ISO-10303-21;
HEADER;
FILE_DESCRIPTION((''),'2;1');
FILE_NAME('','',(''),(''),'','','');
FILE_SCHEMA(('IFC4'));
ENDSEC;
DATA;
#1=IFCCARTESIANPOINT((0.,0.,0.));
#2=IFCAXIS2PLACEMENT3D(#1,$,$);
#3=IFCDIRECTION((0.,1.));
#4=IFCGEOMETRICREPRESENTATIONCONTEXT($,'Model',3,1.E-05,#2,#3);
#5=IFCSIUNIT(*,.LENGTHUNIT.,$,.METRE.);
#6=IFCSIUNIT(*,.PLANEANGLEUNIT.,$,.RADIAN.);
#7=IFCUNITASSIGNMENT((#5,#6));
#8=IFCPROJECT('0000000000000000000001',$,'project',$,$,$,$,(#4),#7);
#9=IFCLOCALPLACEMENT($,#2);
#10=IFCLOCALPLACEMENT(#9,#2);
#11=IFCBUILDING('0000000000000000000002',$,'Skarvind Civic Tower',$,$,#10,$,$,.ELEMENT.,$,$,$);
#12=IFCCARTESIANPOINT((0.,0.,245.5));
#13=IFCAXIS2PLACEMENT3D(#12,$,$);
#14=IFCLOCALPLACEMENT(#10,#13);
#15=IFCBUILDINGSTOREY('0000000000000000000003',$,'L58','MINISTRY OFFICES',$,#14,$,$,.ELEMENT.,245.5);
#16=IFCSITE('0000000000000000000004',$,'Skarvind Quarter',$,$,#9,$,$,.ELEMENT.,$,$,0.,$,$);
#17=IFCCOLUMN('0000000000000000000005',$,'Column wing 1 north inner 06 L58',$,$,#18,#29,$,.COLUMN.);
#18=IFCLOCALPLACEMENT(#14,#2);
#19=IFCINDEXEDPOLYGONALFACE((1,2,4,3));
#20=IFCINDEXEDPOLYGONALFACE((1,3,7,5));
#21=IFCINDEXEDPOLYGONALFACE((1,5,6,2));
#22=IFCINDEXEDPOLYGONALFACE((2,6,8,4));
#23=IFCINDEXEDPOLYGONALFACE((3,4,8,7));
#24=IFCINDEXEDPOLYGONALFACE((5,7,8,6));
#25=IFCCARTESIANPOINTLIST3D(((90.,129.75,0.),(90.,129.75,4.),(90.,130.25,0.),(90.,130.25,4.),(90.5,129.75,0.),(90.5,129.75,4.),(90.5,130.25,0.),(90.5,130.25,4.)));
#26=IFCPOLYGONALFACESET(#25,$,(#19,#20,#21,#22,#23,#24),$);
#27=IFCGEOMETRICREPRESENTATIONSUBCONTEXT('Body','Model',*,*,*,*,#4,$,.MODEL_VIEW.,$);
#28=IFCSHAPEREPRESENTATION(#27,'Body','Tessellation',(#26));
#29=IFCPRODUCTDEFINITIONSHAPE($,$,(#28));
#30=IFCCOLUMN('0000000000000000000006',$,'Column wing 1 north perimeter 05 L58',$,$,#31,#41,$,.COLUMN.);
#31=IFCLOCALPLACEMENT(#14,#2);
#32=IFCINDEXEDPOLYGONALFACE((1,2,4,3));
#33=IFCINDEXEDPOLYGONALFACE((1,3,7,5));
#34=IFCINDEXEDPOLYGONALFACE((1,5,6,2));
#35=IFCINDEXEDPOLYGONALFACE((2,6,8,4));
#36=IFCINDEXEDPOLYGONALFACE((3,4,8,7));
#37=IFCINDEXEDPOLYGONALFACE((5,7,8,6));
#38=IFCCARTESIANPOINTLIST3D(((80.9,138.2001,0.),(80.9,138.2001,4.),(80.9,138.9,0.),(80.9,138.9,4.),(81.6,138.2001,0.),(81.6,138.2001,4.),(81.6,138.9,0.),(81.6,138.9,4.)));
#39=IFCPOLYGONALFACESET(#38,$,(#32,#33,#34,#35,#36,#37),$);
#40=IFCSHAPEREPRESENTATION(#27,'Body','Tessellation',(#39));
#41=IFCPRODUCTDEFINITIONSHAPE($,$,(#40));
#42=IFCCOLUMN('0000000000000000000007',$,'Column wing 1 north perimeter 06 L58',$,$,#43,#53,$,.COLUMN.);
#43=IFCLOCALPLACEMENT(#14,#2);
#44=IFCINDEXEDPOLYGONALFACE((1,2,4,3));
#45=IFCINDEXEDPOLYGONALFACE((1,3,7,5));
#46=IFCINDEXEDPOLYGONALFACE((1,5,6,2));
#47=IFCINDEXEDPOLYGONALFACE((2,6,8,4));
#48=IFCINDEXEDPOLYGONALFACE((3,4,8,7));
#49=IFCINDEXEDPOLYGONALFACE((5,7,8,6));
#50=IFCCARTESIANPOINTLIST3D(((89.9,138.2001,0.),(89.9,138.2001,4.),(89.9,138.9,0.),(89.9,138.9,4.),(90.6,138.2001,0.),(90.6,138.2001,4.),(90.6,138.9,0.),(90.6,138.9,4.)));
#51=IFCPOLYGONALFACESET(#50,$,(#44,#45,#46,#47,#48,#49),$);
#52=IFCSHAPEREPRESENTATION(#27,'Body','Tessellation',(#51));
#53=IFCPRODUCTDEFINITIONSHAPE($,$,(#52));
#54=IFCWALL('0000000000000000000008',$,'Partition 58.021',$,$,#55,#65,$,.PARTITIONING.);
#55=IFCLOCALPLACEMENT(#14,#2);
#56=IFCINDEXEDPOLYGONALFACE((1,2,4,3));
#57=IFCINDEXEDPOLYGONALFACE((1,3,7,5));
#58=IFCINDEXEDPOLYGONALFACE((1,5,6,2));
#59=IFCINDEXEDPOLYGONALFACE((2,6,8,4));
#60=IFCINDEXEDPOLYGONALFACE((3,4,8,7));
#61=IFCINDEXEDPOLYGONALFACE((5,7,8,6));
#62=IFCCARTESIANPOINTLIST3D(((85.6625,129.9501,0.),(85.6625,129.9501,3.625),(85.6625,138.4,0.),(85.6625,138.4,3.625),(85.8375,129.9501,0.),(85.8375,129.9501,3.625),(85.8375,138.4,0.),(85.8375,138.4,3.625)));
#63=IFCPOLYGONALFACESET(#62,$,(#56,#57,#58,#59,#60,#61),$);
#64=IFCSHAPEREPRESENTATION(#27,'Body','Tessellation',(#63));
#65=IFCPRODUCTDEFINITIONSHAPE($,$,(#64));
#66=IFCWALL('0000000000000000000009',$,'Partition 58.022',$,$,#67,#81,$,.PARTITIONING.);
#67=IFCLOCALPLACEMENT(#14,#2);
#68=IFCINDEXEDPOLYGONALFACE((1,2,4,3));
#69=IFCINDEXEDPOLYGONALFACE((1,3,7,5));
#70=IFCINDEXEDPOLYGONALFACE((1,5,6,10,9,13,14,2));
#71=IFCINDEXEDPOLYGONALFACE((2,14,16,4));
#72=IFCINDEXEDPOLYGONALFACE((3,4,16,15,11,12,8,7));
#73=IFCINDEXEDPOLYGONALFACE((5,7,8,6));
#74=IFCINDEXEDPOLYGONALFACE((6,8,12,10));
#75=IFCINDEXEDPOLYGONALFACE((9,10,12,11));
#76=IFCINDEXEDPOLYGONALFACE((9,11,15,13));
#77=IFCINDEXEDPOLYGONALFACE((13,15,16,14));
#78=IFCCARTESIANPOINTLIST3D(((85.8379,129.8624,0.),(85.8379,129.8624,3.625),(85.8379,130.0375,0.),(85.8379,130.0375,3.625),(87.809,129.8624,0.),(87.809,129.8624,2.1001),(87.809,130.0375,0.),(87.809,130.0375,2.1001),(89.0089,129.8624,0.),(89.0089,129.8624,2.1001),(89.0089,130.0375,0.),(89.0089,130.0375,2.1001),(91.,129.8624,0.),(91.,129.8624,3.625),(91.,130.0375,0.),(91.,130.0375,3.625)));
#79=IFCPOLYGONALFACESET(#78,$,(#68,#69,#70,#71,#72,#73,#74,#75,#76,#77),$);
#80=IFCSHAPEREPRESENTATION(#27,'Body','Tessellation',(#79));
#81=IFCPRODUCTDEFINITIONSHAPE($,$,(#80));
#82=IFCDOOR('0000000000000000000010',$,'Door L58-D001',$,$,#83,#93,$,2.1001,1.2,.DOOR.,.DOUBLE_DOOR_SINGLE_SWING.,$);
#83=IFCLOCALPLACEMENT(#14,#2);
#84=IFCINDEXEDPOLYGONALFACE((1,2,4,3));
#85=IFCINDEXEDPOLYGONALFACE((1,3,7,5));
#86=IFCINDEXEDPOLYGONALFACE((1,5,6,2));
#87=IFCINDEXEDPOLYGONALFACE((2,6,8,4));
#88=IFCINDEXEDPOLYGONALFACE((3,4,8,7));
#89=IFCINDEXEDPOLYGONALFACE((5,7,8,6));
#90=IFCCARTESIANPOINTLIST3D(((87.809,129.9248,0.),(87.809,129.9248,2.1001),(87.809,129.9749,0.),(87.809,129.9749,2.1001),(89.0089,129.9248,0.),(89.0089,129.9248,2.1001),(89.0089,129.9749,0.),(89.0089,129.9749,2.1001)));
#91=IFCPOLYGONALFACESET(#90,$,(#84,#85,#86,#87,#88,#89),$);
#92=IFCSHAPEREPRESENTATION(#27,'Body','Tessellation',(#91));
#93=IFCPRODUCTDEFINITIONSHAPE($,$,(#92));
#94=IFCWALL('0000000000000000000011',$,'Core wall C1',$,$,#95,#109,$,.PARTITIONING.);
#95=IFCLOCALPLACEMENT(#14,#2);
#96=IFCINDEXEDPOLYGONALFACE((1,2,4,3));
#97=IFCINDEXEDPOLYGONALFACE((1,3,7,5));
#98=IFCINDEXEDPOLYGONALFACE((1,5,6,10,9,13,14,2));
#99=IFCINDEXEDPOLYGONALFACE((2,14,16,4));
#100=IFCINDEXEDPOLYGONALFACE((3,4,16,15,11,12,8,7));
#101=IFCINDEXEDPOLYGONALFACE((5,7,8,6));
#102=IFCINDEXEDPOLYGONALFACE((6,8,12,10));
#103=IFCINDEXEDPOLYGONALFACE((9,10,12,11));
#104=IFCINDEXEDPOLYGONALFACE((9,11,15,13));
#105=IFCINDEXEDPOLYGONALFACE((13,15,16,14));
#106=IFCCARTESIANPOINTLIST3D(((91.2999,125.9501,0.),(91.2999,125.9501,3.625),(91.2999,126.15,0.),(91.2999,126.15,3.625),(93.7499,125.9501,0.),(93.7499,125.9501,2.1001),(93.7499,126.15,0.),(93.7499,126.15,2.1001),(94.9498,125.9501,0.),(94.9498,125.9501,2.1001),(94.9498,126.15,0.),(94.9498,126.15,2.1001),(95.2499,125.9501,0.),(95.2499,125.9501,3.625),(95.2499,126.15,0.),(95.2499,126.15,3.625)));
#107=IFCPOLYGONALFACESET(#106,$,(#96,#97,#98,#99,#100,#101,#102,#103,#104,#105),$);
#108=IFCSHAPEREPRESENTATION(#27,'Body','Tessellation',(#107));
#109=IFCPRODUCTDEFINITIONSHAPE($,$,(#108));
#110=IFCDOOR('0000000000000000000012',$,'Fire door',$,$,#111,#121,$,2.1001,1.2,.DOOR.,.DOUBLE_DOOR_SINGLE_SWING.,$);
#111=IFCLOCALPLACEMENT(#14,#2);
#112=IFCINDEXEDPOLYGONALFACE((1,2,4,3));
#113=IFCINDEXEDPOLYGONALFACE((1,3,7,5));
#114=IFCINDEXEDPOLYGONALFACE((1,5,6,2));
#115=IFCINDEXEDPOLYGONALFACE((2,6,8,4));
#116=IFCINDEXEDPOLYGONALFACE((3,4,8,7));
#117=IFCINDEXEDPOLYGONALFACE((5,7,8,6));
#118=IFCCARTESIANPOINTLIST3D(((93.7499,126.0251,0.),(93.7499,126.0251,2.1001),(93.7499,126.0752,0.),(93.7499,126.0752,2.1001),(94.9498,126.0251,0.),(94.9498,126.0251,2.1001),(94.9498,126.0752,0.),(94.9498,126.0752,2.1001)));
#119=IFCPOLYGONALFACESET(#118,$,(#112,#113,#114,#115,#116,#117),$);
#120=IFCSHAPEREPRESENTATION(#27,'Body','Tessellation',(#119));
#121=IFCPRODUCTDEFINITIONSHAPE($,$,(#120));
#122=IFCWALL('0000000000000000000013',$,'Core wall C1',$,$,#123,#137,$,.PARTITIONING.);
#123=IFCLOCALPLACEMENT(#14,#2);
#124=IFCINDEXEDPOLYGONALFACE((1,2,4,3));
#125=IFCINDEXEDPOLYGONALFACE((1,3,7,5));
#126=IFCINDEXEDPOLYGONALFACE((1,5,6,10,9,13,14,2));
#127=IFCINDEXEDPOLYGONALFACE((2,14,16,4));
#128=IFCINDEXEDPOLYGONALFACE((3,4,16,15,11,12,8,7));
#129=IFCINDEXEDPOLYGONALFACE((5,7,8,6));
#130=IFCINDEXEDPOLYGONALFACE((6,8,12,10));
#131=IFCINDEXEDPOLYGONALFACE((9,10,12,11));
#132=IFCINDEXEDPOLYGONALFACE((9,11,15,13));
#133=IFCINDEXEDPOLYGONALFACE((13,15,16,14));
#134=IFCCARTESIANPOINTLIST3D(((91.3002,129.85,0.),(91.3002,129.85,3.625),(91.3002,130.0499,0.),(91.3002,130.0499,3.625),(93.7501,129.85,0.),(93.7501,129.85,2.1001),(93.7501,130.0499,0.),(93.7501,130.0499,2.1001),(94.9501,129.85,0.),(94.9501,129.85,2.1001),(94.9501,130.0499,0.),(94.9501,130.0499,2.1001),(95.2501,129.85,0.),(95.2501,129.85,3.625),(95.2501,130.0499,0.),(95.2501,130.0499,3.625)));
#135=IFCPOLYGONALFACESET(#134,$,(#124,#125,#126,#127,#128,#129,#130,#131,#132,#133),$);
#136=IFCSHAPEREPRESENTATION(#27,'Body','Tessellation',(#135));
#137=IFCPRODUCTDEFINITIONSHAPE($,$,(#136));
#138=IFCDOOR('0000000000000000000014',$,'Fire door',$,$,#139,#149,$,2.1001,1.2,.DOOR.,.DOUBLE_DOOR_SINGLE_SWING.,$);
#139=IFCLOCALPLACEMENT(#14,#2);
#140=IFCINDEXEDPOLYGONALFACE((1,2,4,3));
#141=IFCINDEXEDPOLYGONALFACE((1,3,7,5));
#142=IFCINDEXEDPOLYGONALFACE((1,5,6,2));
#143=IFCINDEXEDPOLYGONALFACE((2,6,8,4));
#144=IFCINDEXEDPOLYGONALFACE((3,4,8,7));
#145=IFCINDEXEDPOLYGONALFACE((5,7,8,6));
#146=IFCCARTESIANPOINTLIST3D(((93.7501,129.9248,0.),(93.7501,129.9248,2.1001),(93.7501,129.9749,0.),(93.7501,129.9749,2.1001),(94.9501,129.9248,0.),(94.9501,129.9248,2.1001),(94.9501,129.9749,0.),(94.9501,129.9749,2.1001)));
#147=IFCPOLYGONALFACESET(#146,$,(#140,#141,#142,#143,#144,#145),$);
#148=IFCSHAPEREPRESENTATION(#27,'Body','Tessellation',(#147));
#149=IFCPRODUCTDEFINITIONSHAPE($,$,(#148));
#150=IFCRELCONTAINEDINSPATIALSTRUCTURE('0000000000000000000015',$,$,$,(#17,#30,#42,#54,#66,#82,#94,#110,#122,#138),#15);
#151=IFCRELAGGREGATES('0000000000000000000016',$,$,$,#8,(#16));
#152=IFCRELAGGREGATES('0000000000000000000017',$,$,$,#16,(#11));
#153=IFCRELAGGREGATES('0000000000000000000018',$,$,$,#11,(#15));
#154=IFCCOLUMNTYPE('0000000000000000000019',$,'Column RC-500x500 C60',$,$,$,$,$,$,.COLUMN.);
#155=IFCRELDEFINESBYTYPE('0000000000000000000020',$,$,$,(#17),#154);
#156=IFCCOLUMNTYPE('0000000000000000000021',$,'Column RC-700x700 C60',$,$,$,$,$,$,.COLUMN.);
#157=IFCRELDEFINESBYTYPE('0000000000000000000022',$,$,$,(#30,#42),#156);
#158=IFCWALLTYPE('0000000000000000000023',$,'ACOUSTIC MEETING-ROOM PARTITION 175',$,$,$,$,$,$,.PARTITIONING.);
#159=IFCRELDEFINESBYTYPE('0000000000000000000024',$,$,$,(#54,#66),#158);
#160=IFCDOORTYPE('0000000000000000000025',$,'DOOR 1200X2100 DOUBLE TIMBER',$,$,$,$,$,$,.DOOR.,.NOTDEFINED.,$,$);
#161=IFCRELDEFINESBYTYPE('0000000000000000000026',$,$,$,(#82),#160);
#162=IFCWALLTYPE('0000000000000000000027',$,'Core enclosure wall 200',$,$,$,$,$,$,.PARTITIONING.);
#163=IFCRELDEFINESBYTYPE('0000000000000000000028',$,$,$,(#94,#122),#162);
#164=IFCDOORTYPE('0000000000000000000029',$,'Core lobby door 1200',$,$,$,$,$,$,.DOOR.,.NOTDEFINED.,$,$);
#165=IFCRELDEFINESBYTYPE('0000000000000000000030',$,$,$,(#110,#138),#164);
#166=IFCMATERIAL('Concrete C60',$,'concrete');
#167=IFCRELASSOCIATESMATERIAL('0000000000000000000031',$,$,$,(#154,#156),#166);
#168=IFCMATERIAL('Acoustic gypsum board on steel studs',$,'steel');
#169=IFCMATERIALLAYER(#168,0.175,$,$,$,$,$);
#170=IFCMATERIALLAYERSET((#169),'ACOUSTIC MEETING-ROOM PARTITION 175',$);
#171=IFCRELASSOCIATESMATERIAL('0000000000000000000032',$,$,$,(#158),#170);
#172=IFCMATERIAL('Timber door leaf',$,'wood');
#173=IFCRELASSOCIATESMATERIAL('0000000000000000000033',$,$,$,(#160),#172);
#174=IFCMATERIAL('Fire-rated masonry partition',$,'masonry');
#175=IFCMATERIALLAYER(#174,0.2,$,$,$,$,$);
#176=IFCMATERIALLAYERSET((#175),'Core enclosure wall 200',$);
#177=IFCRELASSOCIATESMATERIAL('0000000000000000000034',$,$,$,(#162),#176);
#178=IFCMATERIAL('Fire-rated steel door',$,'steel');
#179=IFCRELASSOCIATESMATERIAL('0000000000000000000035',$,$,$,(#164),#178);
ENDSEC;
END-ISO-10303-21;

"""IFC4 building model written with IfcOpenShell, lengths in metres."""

from ifc_helpers import new_model, si_unit, direction, frame, frame_2d, origin, origin_2d, place, context, subcontext, project, spatial, rectangle, extrude, material, layer, layer_set, material_profile, profile_set, type_object, element, fill, save


model = new_model("IFC4")

# Units and contexts
model_context = context("Model", 3, precision=1e-05, world=origin(), true_north=direction((0.0, 1.0)))
body_context = subcontext(model_context, "Body", "Model", "MODEL_VIEW")
ifc_project = project(units=[si_unit("LENGTHUNIT", "METRE"), si_unit("PLANEANGLEUNIT", "RADIAN")], contexts=[model_context])

# Site, building, storey
site_placement = place(None, origin())
site = spatial("IfcSite", under=ifc_project, at=site_placement, Name="Skarvind Quarter", CompositionType="ELEMENT", RefElevation=0.0)
building_placement = place(site_placement, origin())
building = spatial("IfcBuilding", under=site, at=building_placement, Name="Skarvind Civic Tower", CompositionType="ELEMENT")
storey_placement = place(building_placement, frame((0.0, 0.0, 245.5)))
storey = spatial("IfcBuildingStorey", under=building, at=storey_placement, Name="L58", Description="MINISTRY OFFICES", CompositionType="ELEMENT", Elevation=245.5)

# Columns
ifc_material_1 = material(Name="Concrete C60", Category="concrete")
ifc_material_profile_1 = material_profile(ifc_material_1, rectangle(XDim=0.5, YDim=0.5, at=origin_2d()), Name="RC-500x500")
ifc_profile_set_1 = profile_set([ifc_material_profile_1], Name="Concrete C60")
column_type_1 = type_object("IfcColumnType", Name="Column RC-500x500 C60", PredefinedType="COLUMN", material=ifc_profile_set_1)
column_placement = place(storey_placement, frame((90.25, 130.0, 0.0), z_axis=(0.0, 0.0, 1.0), x_axis=(1.0, 0.0, 0.0)))
element("IfcColumn", 1, at=column_placement, inside=storey, type_object=column_type_1, Name="Column wing 1 north inner 06 L58", PredefinedType="COLUMN", context=body_context, shape_type="SweptSolid", body=[
    extrude(rectangle(XDim=0.5, YDim=0.5, at=origin_2d()), origin(), (0.0, 0.0, 1.0), 4.0),
])
ifc_material_profile_2 = material_profile(ifc_material_1, rectangle(XDim=0.7, YDim=0.7, at=origin_2d()), Name="RC-700x700")
ifc_profile_set_2 = profile_set([ifc_material_profile_2], Name="Concrete C60")
column_type_2 = type_object("IfcColumnType", Name="Column RC-700x700 C60", PredefinedType="COLUMN", material=ifc_profile_set_2)
for number, where, z_axis, x_axis, name in (
    (2, (81.25, 138.55, 0.0), (0.0, 0.0, 1.0), (1.0, 0.0, 0.0), "Column wing 1 north perimeter 05 L58"),
    (3, (90.25, 138.55, 0.0), (0.0, 0.0, 1.0), (1.0, 0.0, 0.0), "Column wing 1 north perimeter 06 L58"),
):
    element("IfcColumn", number, at=place(storey_placement, frame(where, z_axis=z_axis, x_axis=x_axis)), inside=storey, type_object=column_type_2, Name=name, PredefinedType="COLUMN", context=body_context, shape_type="SweptSolid", body=[
        extrude(rectangle(XDim=0.7, YDim=0.7, at=origin_2d()), origin(), (0.0, 0.0, 1.0), 4.0),
    ])

# Wall
ifc_material_2 = material(Name="Acoustic gypsum board on steel studs", Category="steel")
ifc_layer_1 = layer(ifc_material_2, 0.175)
ifc_layer_set_1 = layer_set([ifc_layer_1], Name="ACOUSTIC MEETING-ROOM PARTITION 175")
wall_type_1 = type_object("IfcWallType", Name="ACOUSTIC MEETING-ROOM PARTITION 175", PredefinedType="PARTITIONING", material=ifc_layer_set_1)
wall_1_placement = place(storey_placement, frame((85.75, 129.95, 0.0), z_axis=(0.0, 0.0, 1.0), x_axis=(0.0, 1.0, 0.0)))
element("IfcWall", 4, at=wall_1_placement, inside=storey, type_object=wall_type_1, Name="Partition 58.021", PredefinedType="PARTITIONING", context=body_context, shape_type="SweptSolid", body=[
    extrude(rectangle(XDim=8.45, YDim=0.175, at=frame_2d((4.2251, 0.0))), origin(), (0.0, 0.0, 1.0), 3.625),
])

# Walls, openings, doors
wall_2_placement = place(storey_placement, frame((85.8379, 129.95, 0.0), z_axis=(0.0, 0.0, 1.0), x_axis=(1.0, 0.0, 0.0)))
wall_2 = element("IfcWall", 5, at=wall_2_placement, inside=storey, type_object=wall_type_1, Name="Partition 58.022", PredefinedType="PARTITIONING", context=body_context, shape_type="SweptSolid", body=[
    extrude(rectangle(XDim=5.1621, YDim=0.175, at=frame_2d((2.5811, 0.0))), origin(), (0.0, 0.0, 1.0), 3.625),
])
opening_1_placement = place(wall_2_placement, frame((1.9709, 0.0, 0.0)))
opening_1 = element("IfcOpeningElement", 6, at=opening_1_placement, cuts=wall_2, PredefinedType="OPENING", context=body_context, shape_type="SweptSolid", body=[
    extrude(rectangle(XDim=1.2, YDim=2.1001, at=frame_2d((0.6001, 1.05))), frame((0.0, 0.0974, 0.0), z_axis=(0.0, -1.0, 0.0), x_axis=(1.0, 0.0, 0.0)), (0.0, 0.0, 1.0), 0.1951),
])
ifc_material_3 = material(Name="Timber door leaf", Category="wood")
door_type_1 = type_object("IfcDoorType", Name="DOOR 1200X2100 DOUBLE TIMBER", OperationType="NOTDEFINED", PredefinedType="DOOR", material=ifc_material_3)
door_1_placement = place(opening_1_placement, origin())
door_1 = element("IfcDoor", 7, at=door_1_placement, inside=storey, type_object=door_type_1, Name="Door L58-D001", OperationType="DOUBLE_DOOR_SINGLE_SWING", OverallHeight=2.1001, OverallWidth=1.2, PredefinedType="DOOR", context=body_context, shape_type="SweptSolid", body=[
    extrude(rectangle(XDim=1.2, YDim=2.1001, at=frame_2d((0.6001, 1.05))), frame((0.0, 0.0249, 0.0), z_axis=(0.0, -1.0, 0.0), x_axis=(1.0, 0.0, 0.0)), (0.0, 0.0, 1.0), 0.05),
])
fill(opening_1, door_1)
ifc_material_4 = material(Name="Fire-rated masonry partition", Category="masonry")
ifc_layer_2 = layer(ifc_material_4, 0.2)
ifc_layer_set_2 = layer_set([ifc_layer_2], Name="Core enclosure wall 200")
wall_type_2 = type_object("IfcWallType", Name="Core enclosure wall 200", PredefinedType="PARTITIONING", material=ifc_layer_set_2)
wall_3_placement = place(storey_placement, frame((95.25, 126.05, 0.0), z_axis=(0.0, 0.0, 1.0), x_axis=(-1.0, 0.0, 0.0)))
wall_3 = element("IfcWall", 8, at=wall_3_placement, inside=storey, type_object=wall_type_2, Name="Core wall C1", PredefinedType="PARTITIONING", context=body_context, shape_type="SweptSolid", body=[
    extrude(rectangle(XDim=3.95, YDim=0.2, at=frame_2d((1.9751, 0.0))), origin(), (0.0, 0.0, 1.0), 3.625),
])
opening_2_placement = place(wall_3_placement, frame((0.3, 0.0, 0.0)))
opening_2 = element("IfcOpeningElement", 9, at=opening_2_placement, cuts=wall_3, PredefinedType="OPENING", context=body_context, shape_type="SweptSolid", body=[
    extrude(rectangle(XDim=1.2, YDim=2.1001, at=frame_2d((0.6001, 1.05))), frame((0.0, 0.1099, 0.0), z_axis=(0.0, -1.0, 0.0), x_axis=(1.0, 0.0, 0.0)), (0.0, 0.0, 1.0), 0.22),
])
ifc_material_5 = material(Name="Fire-rated steel door", Category="steel")
door_type_2 = type_object("IfcDoorType", Name="Core lobby door 1200", OperationType="NOTDEFINED", PredefinedType="DOOR", material=ifc_material_5)
door_2_placement = place(opening_2_placement, origin())
door_2 = element("IfcDoor", 10, at=door_2_placement, inside=storey, type_object=door_type_2, Name="Fire door", OperationType="DOUBLE_DOOR_SINGLE_SWING", OverallHeight=2.1001, OverallWidth=1.2, PredefinedType="DOOR", context=body_context, shape_type="SweptSolid", body=[
    extrude(rectangle(XDim=1.2, YDim=2.1001, at=frame_2d((0.6001, 1.05))), frame((0.0, 0.0249, 0.0), z_axis=(0.0, -1.0, 0.0), x_axis=(1.0, 0.0, 0.0)), (0.0, 0.0, 1.0), 0.05),
])
fill(opening_2, door_2)
wall_4_placement = place(storey_placement, frame((91.3, 129.95, 0.0), z_axis=(0.0, 0.0, 1.0), x_axis=(1.0, 0.0, 0.0)))
wall_4 = element("IfcWall", 11, at=wall_4_placement, inside=storey, type_object=wall_type_2, Name="Core wall C1", PredefinedType="PARTITIONING", context=body_context, shape_type="SweptSolid", body=[
    extrude(rectangle(XDim=3.95, YDim=0.2, at=frame_2d((1.9751, 0.0))), origin(), (0.0, 0.0, 1.0), 3.625),
])
opening_3_placement = place(wall_4_placement, frame((2.45, 0.0, 0.0)))
opening_3 = element("IfcOpeningElement", 12, at=opening_3_placement, cuts=wall_4, PredefinedType="OPENING", context=body_context, shape_type="SweptSolid", body=[
    extrude(rectangle(XDim=1.2, YDim=2.1001, at=frame_2d((0.6001, 1.05))), frame((0.0, 0.1099, 0.0), z_axis=(0.0, -1.0, 0.0), x_axis=(1.0, 0.0, 0.0)), (0.0, 0.0, 1.0), 0.22),
])
door_3_placement = place(opening_3_placement, origin())
door_3 = element("IfcDoor", 13, at=door_3_placement, inside=storey, type_object=door_type_2, Name="Fire door", OperationType="DOUBLE_DOOR_SINGLE_SWING", OverallHeight=2.1001, OverallWidth=1.2, PredefinedType="DOOR", context=body_context, shape_type="SweptSolid", body=[
    extrude(rectangle(XDim=1.2, YDim=2.1001, at=frame_2d((0.6001, 1.05))), frame((0.0, 0.0249, 0.0), z_axis=(0.0, -1.0, 0.0), x_axis=(1.0, 0.0, 0.0)), (0.0, 0.0, 1.0), 0.05),
])
fill(opening_3, door_3)

save(model, "model.ifc")
